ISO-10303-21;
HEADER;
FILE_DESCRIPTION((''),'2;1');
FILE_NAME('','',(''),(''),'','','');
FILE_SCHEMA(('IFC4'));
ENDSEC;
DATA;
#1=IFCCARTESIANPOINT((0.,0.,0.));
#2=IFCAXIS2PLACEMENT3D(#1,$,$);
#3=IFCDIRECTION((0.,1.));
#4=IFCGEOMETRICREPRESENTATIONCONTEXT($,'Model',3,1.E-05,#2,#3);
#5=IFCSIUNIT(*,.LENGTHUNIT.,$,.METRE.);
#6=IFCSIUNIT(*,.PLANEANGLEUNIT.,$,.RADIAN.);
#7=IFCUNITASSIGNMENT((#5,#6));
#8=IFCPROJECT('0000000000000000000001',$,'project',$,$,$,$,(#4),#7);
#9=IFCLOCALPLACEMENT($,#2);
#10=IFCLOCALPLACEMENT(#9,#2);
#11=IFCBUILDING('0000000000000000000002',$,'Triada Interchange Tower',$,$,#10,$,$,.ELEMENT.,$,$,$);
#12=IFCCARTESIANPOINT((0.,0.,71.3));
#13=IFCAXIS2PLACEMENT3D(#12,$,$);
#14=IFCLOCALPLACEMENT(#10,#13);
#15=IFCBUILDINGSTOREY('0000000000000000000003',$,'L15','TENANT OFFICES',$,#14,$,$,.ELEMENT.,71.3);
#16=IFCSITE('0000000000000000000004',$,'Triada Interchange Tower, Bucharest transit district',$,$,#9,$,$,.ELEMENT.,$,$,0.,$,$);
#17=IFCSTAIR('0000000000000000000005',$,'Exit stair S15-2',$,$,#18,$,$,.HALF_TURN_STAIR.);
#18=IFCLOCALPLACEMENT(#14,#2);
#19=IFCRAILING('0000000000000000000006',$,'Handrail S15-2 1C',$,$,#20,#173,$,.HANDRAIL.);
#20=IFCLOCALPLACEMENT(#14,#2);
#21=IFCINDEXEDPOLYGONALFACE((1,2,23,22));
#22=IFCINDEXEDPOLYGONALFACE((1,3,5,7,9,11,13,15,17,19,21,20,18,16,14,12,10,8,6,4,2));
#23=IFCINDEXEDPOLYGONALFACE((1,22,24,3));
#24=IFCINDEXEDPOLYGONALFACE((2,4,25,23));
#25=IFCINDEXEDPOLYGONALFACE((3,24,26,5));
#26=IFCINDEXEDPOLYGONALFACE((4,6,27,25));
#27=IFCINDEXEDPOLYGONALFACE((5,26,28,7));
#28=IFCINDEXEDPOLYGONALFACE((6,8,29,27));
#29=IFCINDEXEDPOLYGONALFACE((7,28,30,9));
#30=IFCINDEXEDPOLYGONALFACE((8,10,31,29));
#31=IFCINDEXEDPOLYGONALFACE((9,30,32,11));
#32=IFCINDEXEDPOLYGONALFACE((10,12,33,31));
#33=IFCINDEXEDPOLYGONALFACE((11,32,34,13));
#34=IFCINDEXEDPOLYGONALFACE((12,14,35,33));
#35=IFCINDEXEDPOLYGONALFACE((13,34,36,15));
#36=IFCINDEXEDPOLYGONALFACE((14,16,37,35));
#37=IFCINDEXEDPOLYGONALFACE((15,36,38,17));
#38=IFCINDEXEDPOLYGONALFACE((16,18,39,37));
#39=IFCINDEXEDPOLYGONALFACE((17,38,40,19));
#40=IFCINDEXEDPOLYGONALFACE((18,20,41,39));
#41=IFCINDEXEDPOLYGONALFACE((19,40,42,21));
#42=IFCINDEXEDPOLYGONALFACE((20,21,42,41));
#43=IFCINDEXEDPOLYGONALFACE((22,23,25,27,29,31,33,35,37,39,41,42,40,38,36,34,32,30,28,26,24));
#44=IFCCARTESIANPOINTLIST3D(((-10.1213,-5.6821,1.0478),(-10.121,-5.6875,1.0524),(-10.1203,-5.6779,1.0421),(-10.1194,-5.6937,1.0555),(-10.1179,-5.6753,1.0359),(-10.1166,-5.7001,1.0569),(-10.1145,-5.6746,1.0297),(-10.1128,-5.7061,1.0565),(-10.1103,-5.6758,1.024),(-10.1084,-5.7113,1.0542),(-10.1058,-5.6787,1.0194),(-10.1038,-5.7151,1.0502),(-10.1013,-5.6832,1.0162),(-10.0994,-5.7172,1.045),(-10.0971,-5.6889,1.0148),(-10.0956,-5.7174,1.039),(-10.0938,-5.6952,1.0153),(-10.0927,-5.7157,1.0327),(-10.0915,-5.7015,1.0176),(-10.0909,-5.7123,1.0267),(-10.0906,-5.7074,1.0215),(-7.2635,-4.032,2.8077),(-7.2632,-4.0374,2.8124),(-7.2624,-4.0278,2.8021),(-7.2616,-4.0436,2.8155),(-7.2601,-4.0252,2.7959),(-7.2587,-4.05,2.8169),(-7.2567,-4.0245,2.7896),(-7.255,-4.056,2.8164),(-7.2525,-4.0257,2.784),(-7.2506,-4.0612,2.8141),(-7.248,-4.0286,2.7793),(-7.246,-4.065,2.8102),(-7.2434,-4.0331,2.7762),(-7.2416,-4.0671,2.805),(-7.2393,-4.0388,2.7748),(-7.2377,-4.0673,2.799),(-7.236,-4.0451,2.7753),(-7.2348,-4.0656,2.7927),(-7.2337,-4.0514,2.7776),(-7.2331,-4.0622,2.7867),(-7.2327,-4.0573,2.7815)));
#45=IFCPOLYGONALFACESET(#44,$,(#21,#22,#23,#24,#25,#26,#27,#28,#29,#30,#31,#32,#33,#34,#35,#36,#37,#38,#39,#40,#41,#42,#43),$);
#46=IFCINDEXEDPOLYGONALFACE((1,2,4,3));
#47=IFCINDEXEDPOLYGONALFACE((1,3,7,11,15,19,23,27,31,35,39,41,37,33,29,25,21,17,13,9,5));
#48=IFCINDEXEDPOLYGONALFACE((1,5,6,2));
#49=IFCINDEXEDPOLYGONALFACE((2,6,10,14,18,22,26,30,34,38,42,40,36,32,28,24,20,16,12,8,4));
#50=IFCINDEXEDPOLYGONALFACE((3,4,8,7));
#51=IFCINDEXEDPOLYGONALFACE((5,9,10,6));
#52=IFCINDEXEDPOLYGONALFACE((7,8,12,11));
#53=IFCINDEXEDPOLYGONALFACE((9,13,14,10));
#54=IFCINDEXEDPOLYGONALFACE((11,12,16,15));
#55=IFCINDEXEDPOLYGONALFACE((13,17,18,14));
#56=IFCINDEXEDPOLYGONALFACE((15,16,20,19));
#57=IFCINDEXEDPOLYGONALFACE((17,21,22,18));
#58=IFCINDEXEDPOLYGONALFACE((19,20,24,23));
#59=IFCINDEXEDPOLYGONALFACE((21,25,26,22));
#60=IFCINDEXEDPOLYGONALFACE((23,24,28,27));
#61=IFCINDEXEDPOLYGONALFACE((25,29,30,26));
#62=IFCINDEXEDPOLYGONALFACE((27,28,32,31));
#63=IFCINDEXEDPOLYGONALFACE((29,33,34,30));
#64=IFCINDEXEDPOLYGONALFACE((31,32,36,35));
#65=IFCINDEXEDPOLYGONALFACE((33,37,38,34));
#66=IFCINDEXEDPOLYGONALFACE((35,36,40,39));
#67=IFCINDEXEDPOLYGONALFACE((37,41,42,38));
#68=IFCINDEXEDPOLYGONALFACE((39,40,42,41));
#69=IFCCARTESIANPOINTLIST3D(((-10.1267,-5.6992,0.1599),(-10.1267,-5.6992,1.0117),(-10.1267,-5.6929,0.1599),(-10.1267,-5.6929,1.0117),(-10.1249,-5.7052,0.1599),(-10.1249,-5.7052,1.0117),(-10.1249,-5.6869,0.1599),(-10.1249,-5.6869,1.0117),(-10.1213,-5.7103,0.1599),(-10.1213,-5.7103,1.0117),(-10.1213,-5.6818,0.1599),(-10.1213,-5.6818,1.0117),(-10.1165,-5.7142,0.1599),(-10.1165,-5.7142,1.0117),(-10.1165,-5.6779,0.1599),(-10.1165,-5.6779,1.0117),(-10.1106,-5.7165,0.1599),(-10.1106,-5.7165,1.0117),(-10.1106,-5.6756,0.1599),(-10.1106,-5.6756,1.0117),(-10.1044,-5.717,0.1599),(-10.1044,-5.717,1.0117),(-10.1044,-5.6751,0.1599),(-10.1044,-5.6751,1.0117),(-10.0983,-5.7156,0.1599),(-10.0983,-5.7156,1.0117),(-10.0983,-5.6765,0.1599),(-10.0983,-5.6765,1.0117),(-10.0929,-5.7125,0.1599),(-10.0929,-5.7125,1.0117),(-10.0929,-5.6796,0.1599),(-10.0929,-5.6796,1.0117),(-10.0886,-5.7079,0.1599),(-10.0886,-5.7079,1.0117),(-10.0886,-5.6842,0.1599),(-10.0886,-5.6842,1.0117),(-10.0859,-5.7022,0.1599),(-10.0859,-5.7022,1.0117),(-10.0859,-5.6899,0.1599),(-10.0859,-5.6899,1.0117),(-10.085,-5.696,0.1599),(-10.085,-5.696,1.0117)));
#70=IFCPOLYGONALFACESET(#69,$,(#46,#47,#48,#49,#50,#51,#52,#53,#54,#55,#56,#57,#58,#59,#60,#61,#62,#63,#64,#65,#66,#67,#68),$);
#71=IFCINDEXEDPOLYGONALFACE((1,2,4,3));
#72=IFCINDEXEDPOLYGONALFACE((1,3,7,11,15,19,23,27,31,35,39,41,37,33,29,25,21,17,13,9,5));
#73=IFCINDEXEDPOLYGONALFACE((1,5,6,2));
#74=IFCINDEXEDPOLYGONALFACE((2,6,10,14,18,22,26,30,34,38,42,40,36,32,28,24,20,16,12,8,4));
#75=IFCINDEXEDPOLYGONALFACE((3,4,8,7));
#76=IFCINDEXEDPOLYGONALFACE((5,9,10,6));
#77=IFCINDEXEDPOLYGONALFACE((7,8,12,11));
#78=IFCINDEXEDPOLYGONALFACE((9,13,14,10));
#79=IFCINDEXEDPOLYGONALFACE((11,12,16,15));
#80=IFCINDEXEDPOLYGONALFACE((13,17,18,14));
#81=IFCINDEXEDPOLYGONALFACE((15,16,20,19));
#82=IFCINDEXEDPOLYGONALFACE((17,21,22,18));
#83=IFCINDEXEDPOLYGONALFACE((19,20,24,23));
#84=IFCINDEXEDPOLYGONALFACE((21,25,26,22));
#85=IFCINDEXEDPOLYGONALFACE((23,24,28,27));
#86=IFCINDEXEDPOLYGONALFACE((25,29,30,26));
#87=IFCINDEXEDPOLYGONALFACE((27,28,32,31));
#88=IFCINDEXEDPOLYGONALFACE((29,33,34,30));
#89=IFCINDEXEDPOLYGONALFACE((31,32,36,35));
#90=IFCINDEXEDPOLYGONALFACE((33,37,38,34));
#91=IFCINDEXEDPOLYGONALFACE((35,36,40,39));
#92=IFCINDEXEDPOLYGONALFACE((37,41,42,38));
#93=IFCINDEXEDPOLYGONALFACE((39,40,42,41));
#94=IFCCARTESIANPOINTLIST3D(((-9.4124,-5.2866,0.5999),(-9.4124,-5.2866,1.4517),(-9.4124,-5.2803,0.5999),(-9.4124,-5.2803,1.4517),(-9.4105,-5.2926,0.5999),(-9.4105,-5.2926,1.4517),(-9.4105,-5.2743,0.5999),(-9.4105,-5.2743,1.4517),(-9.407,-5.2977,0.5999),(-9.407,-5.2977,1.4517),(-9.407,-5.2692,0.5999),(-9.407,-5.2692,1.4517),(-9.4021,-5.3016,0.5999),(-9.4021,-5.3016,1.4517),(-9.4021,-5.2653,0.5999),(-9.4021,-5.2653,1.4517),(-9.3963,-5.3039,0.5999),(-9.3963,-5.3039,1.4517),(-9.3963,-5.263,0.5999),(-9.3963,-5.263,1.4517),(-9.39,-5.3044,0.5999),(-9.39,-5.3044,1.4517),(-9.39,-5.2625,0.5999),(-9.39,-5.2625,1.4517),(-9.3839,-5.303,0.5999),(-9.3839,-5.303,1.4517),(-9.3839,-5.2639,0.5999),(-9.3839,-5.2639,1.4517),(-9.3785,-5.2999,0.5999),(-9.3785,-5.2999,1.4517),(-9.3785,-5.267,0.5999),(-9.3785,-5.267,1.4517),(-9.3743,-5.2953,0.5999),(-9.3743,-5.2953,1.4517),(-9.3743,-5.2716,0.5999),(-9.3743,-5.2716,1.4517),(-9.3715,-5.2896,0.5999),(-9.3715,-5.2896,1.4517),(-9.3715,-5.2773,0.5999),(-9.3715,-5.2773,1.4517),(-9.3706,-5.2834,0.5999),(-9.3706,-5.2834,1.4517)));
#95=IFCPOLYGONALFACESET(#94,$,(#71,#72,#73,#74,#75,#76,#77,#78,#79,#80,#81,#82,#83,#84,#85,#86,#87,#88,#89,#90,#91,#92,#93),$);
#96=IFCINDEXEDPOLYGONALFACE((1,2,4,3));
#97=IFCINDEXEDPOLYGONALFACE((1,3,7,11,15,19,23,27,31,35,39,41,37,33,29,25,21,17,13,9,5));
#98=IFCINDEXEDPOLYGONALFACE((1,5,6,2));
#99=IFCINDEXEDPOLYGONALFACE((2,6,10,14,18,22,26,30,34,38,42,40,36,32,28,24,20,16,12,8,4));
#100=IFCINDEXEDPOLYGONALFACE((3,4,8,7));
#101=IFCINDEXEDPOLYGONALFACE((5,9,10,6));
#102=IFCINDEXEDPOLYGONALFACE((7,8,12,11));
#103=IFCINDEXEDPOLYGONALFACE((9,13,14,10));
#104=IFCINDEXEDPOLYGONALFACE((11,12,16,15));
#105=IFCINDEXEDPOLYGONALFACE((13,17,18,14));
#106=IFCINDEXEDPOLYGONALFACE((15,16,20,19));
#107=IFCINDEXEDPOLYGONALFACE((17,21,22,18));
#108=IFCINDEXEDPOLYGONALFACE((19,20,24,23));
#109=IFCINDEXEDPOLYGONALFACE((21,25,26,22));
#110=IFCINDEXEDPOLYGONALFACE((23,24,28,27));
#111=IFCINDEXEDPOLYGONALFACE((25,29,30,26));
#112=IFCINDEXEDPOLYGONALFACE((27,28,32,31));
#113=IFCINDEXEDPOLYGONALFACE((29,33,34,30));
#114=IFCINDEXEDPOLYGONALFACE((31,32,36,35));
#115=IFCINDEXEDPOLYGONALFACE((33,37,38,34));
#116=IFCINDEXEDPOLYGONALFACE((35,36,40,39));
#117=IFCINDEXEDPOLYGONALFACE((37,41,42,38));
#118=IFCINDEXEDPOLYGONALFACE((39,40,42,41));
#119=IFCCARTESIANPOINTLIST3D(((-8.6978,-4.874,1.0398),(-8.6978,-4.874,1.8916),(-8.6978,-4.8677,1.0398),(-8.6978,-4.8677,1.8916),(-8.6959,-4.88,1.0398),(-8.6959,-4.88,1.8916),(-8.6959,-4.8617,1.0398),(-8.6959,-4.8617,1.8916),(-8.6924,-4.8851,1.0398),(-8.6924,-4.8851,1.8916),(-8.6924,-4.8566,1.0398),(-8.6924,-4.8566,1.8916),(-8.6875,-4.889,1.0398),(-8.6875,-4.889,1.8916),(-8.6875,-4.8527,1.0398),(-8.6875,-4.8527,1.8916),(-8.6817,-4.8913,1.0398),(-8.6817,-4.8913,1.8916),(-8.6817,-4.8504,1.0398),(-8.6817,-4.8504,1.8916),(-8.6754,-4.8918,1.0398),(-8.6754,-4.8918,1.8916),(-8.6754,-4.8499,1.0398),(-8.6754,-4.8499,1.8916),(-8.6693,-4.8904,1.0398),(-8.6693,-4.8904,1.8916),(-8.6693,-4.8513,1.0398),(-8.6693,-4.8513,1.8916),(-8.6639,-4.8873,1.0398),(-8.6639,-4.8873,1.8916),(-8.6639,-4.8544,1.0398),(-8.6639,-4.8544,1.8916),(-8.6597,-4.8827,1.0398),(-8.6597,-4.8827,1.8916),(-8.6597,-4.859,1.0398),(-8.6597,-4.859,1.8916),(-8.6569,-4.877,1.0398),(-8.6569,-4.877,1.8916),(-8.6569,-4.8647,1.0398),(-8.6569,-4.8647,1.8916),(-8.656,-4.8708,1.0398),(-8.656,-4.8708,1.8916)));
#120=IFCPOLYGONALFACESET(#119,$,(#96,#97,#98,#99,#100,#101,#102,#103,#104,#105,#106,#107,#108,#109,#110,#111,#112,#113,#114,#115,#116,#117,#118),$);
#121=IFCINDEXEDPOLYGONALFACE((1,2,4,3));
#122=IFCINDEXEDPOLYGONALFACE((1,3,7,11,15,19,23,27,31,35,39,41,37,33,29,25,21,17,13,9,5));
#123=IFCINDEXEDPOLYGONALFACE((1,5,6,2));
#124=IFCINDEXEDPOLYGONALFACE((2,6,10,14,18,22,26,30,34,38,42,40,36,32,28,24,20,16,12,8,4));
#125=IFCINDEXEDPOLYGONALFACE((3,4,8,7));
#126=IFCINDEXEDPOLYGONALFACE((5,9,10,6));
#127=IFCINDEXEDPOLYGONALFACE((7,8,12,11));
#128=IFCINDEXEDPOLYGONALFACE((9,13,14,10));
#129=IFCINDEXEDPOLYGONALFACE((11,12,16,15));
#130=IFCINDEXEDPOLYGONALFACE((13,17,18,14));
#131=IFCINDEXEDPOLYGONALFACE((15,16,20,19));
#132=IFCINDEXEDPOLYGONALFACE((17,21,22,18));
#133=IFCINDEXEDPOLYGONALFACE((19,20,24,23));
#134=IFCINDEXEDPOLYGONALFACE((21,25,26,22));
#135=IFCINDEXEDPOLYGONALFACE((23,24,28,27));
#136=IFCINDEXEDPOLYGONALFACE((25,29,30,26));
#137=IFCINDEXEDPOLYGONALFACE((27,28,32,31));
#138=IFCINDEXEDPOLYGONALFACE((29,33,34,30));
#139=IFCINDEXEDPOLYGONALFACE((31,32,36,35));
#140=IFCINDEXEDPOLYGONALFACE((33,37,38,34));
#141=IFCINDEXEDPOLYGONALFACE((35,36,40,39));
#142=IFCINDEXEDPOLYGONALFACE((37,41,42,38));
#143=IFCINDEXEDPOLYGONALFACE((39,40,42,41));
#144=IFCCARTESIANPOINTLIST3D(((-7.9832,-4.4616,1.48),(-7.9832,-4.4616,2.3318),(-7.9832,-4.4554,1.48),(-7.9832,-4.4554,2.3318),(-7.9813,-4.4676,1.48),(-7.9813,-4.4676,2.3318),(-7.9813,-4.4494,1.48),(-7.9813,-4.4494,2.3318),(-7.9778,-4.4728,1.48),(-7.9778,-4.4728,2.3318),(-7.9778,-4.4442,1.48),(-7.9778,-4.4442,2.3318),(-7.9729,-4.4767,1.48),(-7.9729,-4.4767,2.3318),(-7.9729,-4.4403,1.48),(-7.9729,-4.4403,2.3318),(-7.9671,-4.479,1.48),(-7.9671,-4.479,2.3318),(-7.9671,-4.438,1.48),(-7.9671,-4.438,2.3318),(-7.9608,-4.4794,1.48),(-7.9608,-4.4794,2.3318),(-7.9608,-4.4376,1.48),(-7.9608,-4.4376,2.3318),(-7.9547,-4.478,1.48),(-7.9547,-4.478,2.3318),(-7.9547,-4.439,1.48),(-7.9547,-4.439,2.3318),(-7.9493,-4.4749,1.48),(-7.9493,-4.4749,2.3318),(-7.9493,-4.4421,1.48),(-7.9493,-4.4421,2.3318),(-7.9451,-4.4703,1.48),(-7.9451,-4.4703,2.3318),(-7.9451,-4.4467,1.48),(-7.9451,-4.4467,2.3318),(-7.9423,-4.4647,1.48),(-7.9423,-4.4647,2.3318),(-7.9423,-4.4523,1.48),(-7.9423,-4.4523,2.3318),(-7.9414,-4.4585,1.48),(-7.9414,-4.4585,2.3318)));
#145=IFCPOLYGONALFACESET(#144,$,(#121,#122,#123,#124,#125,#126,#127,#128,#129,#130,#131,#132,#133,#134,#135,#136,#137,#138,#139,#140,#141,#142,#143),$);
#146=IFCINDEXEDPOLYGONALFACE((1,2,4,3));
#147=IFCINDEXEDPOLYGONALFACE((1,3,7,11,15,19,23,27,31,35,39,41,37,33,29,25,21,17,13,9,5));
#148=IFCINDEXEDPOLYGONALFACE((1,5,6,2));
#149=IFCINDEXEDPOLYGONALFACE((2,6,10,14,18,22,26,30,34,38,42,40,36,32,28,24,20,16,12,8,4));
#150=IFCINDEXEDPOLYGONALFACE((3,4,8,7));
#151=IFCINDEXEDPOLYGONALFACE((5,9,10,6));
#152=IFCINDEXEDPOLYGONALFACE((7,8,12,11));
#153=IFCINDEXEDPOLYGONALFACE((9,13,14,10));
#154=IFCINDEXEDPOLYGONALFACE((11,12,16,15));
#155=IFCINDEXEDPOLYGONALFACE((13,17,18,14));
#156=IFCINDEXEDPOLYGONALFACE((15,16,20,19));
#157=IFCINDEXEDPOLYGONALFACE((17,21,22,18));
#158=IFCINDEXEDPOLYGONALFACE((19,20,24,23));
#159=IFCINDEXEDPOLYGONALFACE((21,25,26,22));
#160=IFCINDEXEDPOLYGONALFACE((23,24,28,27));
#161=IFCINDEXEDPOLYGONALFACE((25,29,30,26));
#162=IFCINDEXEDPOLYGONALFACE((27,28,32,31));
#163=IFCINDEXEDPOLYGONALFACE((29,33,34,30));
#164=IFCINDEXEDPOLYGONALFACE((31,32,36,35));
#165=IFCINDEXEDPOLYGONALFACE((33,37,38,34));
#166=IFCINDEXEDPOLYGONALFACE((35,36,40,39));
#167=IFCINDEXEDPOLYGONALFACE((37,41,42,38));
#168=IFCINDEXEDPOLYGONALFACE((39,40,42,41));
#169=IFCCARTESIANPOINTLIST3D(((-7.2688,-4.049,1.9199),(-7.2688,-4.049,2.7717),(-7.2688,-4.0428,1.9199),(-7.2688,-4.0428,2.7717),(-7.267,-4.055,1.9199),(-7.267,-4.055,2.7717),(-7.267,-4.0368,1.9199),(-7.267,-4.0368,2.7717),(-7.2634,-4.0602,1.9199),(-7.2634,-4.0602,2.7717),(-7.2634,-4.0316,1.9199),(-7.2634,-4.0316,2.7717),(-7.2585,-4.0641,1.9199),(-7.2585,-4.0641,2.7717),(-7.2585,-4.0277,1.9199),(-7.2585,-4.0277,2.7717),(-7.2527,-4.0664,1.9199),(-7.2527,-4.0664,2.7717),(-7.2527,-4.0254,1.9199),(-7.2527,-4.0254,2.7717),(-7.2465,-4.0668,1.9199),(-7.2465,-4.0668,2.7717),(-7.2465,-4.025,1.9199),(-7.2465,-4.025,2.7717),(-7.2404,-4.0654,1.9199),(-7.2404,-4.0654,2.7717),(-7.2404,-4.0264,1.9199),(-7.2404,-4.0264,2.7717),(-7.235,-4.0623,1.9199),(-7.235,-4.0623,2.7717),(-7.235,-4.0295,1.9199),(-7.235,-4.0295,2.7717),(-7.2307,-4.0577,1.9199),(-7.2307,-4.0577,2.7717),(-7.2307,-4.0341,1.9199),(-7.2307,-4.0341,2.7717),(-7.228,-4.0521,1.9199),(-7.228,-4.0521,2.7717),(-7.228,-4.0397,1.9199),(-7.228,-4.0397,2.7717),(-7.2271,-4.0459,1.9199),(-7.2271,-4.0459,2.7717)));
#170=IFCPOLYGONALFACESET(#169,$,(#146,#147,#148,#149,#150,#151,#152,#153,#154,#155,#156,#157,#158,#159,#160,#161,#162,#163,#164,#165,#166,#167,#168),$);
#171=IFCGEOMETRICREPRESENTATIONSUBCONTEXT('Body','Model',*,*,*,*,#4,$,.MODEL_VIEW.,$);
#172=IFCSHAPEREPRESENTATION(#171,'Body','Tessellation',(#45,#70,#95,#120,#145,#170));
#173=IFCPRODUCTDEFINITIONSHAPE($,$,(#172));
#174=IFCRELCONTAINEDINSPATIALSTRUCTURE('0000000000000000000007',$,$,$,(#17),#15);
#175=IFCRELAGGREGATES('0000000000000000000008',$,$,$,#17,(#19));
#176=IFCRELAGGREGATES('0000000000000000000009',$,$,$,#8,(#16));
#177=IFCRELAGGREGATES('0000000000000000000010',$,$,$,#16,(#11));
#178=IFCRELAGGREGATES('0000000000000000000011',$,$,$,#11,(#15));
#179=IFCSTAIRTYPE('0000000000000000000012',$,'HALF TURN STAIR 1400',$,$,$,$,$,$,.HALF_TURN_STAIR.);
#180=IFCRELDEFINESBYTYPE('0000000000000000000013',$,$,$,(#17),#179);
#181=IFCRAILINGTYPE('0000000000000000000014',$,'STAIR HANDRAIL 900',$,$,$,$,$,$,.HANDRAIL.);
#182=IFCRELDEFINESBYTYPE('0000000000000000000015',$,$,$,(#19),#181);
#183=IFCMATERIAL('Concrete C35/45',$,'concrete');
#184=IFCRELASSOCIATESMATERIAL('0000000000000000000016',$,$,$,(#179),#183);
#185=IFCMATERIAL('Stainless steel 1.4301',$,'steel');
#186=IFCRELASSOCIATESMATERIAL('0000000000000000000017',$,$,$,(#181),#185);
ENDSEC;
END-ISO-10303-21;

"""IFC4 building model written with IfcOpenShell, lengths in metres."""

from ifc_helpers import new_model, si_unit, direction, frame, origin, origin_2d, place, context, subcontext, project, spatial, circle, extrude, material, type_object, element, aggregate, save


model = new_model("IFC4")

# Units and contexts
model_context = context("Model", 3, precision=1e-05, world=origin(), true_north=direction((0.0, 1.0)))
body_context = subcontext(model_context, "Body", "Model", "MODEL_VIEW")
ifc_project = project(units=[si_unit("LENGTHUNIT", "METRE"), si_unit("PLANEANGLEUNIT", "RADIAN")], contexts=[model_context])

# Site, building, storey
site_placement = place(None, origin())
site = spatial("IfcSite", under=ifc_project, at=site_placement, Name="Triada Interchange Tower, Bucharest transit district", CompositionType="ELEMENT", RefElevation=0.0)
building_placement = place(site_placement, origin())
building = spatial("IfcBuilding", under=site, at=building_placement, Name="Triada Interchange Tower", CompositionType="ELEMENT")
storey_placement = place(building_placement, frame((0.0, 0.0, 71.3)))
storey = spatial("IfcBuildingStorey", under=building, at=storey_placement, Name="L15", Description="TENANT OFFICES", CompositionType="ELEMENT", Elevation=71.3)

# Stair, railing
ifc_material_1 = material(Name="Concrete C35/45", Category="concrete")
stair_type = type_object("IfcStairType", Name="HALF TURN STAIR 1400", PredefinedType="HALF_TURN_STAIR", material=ifc_material_1)
stair_placement = place(storey_placement, origin())
stair = element("IfcStair", 1, at=stair_placement, inside=storey, type_object=stair_type, Name="Exit stair S15-2", PredefinedType="HALF_TURN_STAIR")
ifc_material_2 = material(Name="Stainless steel 1.4301", Category="steel")
railing_type = type_object("IfcRailingType", Name="STAIR HANDRAIL 900", PredefinedType="HANDRAIL", material=ifc_material_2)
railing_1_placement = place(storey_placement, frame((-10.106, -5.696, 0.1599)))
railing_1 = element("IfcRailing", 2, at=railing_1_placement, type_object=railing_type, Name="Handrail S15-2 1C", PredefinedType="HANDRAIL", context=body_context, shape_type="SweptSolid", body=[
    extrude(circle(Radius=0.0239, at=origin_2d()), frame((0.0, 0.0, 0.876), z_axis=(0.764129, 0.441205, 0.47058), x_axis=(-0.50003, 0.866008, 0.0)), (0.0, 0.0, 1.0), 3.74),
    extrude(circle(Radius=0.021, at=origin_2d()), origin(), (0.0, 0.0, 1.0), 0.8518),
    extrude(circle(Radius=0.021, at=origin_2d()), frame((0.7144, 0.4126, 0.4399)), (0.0, 0.0, 1.0), 0.8518),
    extrude(circle(Radius=0.021, at=origin_2d()), frame((1.429, 0.8252, 0.8799)), (0.0, 0.0, 1.0), 0.8518),
    extrude(circle(Radius=0.021, at=origin_2d()), frame((2.1436, 1.2375, 1.3201)), (0.0, 0.0, 1.0), 0.8518),
    extrude(circle(Radius=0.021, at=origin_2d()), frame((2.8579, 1.6501, 1.76)), (0.0, 0.0, 1.0), 0.8518),
])
aggregate(stair, [railing_1])

save(model, "model.ifc")
